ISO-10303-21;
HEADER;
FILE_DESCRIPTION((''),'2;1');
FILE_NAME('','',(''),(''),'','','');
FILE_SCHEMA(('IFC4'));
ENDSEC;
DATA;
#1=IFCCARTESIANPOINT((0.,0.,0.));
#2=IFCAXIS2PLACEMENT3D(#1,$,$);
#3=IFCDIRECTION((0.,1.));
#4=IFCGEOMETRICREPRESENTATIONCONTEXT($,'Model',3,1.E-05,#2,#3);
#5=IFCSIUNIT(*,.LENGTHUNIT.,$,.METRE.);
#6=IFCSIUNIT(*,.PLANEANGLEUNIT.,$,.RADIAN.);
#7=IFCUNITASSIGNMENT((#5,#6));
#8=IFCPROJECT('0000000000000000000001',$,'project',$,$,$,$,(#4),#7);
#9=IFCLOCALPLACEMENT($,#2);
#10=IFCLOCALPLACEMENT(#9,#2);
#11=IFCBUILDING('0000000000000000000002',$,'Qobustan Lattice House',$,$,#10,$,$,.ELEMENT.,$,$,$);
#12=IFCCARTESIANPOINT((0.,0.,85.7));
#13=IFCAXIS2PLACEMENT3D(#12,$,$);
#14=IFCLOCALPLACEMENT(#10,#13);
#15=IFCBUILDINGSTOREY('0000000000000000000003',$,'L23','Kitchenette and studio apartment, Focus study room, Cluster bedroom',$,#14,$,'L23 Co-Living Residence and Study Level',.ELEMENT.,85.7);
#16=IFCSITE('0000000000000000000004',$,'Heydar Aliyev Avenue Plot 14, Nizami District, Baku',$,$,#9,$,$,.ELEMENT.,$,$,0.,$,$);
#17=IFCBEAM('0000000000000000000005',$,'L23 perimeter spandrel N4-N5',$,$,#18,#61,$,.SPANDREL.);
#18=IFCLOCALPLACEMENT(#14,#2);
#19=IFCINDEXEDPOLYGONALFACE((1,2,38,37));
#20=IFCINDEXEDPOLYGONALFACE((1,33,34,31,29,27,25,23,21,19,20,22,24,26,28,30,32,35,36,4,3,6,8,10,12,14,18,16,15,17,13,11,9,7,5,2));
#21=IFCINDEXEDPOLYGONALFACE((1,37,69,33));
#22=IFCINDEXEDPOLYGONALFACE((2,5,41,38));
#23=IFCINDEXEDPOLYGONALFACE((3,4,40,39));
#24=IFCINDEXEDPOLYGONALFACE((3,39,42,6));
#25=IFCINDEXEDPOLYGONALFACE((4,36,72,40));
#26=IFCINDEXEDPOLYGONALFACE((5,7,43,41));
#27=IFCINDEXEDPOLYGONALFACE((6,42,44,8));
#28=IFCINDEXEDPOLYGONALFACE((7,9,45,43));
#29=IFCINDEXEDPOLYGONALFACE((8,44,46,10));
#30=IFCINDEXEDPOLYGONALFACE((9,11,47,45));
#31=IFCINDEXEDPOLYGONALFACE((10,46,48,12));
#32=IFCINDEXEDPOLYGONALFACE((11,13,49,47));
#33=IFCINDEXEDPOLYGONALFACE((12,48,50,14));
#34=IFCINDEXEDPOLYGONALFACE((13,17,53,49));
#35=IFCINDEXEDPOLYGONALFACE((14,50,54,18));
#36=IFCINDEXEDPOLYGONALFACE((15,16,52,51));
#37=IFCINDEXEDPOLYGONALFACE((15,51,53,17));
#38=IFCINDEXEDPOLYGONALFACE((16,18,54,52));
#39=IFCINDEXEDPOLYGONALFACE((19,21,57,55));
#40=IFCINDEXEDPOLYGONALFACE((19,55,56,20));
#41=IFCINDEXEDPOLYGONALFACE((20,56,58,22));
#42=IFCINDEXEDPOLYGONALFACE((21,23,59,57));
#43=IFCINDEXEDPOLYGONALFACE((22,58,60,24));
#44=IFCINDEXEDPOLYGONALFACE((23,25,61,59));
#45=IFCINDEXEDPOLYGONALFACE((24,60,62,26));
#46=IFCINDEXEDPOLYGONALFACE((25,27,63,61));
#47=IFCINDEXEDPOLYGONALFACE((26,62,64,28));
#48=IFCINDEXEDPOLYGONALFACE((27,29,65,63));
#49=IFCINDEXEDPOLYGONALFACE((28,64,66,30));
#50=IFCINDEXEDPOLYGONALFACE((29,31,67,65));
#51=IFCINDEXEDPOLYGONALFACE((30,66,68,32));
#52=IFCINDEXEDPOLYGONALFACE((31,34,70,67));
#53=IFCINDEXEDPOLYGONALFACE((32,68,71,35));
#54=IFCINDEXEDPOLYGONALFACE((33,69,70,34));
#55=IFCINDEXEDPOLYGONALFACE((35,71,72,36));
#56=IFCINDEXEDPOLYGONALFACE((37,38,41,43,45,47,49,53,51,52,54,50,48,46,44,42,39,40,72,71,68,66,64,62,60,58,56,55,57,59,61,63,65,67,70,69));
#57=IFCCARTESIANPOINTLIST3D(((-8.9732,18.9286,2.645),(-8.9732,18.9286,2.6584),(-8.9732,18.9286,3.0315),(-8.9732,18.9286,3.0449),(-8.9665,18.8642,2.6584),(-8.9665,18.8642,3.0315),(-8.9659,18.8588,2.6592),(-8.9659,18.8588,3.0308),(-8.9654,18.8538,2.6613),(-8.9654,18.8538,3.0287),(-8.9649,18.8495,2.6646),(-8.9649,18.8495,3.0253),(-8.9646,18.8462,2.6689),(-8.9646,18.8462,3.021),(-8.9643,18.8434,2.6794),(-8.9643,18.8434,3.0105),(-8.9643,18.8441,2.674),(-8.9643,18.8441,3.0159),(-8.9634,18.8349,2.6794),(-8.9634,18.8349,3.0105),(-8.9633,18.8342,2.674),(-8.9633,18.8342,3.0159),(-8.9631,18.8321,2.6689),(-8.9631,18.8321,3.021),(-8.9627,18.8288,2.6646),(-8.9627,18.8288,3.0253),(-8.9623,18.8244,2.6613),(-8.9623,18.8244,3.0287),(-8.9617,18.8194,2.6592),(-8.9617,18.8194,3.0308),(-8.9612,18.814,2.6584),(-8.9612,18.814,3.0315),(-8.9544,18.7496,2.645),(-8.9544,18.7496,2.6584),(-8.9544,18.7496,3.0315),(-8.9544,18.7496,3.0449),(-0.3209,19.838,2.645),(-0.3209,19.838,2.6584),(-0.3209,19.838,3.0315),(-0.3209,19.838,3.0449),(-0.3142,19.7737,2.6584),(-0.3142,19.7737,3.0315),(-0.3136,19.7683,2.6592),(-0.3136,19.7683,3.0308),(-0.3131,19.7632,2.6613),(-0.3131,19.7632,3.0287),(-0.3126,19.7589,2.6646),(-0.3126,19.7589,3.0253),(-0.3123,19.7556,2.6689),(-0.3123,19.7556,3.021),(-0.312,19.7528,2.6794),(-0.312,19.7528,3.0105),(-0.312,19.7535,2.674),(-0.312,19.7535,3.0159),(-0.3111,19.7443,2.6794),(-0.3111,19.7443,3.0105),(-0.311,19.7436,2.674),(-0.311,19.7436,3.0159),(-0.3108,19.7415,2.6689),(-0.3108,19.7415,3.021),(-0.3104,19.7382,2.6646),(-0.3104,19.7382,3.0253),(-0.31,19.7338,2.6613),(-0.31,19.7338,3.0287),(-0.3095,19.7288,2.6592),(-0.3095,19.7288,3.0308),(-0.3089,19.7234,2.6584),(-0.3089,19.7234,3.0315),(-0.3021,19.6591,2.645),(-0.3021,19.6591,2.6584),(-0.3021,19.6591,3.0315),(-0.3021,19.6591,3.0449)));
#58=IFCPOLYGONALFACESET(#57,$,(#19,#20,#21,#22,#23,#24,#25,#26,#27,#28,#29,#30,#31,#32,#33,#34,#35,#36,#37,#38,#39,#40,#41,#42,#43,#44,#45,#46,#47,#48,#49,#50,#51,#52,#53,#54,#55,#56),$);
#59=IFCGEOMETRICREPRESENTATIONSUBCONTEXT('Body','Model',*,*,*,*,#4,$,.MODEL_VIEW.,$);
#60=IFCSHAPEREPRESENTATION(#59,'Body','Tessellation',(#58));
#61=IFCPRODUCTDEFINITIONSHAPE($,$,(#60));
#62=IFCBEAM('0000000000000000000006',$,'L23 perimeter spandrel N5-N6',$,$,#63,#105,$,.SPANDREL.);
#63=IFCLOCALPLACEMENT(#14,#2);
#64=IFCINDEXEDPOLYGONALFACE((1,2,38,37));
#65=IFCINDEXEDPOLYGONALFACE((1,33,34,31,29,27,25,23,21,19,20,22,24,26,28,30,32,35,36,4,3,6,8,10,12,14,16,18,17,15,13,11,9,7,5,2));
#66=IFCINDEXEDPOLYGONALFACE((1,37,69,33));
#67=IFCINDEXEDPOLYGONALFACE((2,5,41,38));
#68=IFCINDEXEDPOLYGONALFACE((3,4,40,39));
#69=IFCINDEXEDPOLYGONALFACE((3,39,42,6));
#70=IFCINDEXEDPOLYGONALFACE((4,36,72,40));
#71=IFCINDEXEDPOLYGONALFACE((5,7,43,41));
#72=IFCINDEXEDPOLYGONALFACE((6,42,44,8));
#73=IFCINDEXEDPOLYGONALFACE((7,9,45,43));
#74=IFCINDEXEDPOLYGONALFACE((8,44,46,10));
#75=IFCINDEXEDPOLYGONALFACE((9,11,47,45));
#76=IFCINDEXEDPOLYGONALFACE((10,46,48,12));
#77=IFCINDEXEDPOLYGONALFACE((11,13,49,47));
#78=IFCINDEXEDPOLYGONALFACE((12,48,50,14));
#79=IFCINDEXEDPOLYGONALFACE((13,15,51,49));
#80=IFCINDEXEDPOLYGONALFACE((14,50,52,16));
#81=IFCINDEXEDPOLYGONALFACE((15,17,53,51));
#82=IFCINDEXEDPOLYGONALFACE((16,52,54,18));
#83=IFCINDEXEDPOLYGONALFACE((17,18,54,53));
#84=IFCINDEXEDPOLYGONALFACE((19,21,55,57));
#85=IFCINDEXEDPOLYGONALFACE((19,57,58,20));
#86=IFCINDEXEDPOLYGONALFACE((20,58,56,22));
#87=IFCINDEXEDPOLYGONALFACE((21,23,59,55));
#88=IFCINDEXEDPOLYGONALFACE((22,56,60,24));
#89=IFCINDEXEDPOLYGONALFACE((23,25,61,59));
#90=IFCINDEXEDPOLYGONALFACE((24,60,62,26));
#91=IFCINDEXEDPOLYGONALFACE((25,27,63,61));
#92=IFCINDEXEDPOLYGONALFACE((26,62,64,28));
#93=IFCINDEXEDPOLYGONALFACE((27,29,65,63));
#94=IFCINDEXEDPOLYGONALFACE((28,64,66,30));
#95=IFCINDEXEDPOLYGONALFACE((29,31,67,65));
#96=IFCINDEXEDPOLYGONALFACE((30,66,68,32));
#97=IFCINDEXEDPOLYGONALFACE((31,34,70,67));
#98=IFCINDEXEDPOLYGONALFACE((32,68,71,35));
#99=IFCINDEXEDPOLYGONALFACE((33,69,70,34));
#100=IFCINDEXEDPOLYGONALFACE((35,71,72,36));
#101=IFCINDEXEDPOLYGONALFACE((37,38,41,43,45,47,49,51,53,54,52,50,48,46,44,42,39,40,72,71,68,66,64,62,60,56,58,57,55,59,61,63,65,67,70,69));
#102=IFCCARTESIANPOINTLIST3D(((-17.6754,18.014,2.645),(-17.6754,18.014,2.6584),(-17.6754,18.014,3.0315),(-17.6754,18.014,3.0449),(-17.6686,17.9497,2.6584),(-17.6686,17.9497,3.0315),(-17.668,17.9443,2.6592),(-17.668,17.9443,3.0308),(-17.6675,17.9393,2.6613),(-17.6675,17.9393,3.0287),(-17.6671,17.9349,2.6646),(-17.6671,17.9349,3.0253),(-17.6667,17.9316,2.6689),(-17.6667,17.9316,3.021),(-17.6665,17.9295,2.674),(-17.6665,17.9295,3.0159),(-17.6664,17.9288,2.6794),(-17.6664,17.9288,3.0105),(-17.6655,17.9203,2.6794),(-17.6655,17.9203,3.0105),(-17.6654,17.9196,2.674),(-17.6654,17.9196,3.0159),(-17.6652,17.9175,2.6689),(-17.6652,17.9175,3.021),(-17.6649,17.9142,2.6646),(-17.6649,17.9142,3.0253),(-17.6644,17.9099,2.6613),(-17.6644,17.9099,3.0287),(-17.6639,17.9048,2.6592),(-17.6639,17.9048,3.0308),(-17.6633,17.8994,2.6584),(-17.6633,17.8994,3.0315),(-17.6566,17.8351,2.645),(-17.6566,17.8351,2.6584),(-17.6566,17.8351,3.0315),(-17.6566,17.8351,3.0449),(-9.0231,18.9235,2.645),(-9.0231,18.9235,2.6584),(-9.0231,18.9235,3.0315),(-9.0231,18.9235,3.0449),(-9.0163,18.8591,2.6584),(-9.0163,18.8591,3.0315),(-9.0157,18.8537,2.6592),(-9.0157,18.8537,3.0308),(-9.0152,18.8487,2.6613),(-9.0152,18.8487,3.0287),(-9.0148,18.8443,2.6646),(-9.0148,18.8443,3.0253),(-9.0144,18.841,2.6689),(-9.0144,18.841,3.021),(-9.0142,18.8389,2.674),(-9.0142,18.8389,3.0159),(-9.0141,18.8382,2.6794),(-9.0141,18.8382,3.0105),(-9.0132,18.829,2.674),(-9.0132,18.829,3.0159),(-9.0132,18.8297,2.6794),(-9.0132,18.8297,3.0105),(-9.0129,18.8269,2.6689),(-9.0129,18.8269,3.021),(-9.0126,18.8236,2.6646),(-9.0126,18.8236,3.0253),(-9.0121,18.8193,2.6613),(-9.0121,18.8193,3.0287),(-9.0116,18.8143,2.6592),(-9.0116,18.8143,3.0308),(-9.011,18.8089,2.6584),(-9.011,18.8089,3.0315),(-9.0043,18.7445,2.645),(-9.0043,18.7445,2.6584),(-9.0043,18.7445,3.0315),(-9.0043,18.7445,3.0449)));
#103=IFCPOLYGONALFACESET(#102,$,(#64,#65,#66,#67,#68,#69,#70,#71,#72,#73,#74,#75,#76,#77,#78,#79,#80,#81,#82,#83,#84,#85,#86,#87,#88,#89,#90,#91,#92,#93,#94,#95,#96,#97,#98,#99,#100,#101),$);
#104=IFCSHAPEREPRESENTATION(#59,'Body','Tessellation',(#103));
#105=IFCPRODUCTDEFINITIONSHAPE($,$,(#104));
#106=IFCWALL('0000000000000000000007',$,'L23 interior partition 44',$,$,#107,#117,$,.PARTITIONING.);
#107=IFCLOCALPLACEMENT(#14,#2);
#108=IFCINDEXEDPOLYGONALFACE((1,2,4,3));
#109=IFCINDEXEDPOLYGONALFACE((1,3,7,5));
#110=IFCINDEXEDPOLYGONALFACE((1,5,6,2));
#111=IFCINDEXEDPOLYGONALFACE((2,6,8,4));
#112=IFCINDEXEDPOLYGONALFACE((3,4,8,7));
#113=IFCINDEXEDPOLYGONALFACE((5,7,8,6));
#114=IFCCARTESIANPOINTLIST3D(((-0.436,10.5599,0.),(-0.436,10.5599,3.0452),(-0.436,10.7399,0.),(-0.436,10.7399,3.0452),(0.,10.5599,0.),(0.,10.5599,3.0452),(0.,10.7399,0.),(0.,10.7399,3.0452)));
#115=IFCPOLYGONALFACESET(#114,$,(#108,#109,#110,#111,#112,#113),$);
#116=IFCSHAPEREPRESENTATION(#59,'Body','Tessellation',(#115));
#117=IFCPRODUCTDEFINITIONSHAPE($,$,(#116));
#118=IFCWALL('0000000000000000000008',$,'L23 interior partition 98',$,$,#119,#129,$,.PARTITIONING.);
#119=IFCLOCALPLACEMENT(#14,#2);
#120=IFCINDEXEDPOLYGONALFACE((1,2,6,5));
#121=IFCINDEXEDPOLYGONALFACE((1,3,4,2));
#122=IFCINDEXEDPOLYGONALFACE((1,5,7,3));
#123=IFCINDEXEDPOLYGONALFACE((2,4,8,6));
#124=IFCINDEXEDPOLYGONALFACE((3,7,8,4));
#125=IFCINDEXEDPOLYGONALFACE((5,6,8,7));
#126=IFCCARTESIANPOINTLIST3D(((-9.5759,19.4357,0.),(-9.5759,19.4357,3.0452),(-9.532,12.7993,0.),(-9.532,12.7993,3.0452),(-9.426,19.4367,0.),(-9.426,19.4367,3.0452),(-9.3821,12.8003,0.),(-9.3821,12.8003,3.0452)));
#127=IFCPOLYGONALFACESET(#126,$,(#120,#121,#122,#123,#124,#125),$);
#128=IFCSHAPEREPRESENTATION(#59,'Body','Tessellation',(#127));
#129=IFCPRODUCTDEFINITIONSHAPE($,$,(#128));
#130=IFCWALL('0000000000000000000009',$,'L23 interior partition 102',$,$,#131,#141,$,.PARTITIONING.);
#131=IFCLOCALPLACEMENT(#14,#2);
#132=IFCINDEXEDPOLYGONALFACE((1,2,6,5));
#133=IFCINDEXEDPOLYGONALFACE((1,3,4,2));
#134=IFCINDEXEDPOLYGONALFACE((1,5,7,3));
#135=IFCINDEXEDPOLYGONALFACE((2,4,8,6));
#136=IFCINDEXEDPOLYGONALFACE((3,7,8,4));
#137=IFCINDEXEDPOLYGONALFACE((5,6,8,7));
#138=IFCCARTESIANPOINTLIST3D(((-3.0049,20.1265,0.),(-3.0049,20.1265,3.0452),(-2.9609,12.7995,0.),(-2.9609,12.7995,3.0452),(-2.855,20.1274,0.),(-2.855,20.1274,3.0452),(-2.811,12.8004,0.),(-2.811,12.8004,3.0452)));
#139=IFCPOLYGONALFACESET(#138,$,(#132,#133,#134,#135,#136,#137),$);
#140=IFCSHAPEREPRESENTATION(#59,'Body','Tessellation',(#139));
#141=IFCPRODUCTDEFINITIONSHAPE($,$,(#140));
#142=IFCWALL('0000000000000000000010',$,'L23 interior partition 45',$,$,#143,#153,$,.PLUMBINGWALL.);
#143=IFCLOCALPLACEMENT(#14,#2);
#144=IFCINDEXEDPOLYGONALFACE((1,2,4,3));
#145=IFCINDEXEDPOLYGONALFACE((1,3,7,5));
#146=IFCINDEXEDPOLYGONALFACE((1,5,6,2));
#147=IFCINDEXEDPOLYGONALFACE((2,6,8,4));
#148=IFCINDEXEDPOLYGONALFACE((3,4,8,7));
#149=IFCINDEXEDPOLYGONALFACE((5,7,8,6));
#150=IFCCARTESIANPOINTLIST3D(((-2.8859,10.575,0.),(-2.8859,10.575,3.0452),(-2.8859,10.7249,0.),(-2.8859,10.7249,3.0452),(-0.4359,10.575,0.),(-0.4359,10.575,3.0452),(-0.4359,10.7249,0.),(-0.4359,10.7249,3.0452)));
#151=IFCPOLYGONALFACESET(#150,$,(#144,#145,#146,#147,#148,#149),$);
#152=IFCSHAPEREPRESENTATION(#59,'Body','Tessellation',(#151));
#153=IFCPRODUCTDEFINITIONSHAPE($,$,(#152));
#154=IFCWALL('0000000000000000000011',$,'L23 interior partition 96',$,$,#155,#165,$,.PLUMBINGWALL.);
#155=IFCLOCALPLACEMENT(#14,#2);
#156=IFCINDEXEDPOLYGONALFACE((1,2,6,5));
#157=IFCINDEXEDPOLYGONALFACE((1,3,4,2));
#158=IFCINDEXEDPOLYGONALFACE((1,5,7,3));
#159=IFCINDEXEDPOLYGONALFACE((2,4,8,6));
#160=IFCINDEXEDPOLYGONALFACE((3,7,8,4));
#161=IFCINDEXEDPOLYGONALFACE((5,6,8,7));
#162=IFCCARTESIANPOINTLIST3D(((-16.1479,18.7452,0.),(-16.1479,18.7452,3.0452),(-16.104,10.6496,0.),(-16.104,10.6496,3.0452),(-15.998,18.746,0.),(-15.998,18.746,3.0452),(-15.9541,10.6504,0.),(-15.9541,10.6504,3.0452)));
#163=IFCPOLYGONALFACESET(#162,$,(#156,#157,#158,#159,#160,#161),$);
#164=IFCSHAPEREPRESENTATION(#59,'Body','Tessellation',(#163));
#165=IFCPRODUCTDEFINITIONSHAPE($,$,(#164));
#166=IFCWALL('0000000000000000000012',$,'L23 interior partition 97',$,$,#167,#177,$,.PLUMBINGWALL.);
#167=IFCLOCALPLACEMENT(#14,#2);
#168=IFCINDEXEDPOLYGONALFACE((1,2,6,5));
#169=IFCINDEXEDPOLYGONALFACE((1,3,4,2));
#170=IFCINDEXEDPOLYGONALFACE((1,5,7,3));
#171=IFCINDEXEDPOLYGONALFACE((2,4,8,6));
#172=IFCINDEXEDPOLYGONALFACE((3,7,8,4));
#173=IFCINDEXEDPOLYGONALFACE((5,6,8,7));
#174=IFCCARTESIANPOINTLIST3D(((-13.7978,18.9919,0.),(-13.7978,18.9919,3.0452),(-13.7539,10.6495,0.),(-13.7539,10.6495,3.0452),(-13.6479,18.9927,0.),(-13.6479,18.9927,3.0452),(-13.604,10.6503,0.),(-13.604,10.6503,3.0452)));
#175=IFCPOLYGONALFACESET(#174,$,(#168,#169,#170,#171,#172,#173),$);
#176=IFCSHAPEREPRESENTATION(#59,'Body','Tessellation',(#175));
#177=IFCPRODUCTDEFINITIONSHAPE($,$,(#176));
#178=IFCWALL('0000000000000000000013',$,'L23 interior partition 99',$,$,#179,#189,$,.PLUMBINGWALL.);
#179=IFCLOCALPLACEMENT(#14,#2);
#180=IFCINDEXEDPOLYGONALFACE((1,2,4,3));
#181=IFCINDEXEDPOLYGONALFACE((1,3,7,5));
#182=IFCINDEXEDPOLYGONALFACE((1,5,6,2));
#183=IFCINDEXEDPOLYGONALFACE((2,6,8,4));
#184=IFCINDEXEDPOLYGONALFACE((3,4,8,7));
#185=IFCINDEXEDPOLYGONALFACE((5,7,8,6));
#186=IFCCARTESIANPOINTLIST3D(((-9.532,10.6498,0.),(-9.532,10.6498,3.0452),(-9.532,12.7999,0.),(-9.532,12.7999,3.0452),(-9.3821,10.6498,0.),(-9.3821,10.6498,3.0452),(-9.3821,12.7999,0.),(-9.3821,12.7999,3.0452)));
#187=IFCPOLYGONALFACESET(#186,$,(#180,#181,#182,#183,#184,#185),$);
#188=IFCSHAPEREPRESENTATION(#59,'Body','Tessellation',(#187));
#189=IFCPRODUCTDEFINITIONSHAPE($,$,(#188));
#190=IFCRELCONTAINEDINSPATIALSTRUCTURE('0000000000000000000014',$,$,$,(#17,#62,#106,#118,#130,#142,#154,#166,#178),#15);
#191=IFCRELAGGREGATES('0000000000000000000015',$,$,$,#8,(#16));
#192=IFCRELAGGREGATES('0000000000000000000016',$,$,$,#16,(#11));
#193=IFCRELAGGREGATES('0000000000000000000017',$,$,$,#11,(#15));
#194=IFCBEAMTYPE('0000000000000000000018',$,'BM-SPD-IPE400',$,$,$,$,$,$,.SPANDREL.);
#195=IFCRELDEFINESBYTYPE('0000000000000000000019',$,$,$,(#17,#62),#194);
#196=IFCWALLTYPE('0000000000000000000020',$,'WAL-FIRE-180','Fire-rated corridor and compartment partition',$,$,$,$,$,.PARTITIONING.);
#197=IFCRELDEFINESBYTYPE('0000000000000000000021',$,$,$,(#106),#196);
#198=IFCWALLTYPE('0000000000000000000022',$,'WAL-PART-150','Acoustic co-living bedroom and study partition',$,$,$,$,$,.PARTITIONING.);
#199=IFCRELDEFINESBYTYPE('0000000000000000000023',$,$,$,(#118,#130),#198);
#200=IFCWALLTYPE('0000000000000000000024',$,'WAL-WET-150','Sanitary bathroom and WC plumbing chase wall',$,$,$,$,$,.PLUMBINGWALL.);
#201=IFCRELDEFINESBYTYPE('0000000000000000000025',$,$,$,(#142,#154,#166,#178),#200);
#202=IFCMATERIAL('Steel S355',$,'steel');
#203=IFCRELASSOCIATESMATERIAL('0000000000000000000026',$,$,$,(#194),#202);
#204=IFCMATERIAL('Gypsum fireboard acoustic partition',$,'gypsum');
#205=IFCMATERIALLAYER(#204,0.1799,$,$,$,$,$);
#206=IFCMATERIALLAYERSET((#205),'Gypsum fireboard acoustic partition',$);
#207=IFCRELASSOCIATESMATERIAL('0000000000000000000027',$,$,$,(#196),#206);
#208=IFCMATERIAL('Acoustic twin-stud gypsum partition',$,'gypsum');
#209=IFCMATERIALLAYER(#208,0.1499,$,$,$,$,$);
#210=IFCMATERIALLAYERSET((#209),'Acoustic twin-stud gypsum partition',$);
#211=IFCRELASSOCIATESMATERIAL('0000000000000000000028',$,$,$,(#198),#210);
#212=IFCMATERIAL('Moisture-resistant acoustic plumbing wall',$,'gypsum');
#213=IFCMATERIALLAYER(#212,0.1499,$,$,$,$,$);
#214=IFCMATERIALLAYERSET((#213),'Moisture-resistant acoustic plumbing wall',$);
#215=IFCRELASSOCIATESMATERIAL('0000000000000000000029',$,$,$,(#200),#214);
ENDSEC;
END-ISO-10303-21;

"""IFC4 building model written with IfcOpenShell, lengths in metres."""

from ifc_helpers import new_model, si_unit, direction, frame, frame_2d, origin, origin_2d, place, context, subcontext, project, spatial, rectangle, i_section, extrude, material, layer, layer_set, material_profile, profile_set, type_object, element, save


model = new_model("IFC4")

# Units and contexts
model_context = context("Model", 3, precision=1e-05, world=origin(), true_north=direction((0.0, 1.0)))
body_context = subcontext(model_context, "Body", "Model", "MODEL_VIEW")
ifc_project = project(units=[si_unit("LENGTHUNIT", "METRE"), si_unit("PLANEANGLEUNIT", "RADIAN")], contexts=[model_context])

# Site, building, storey
site_placement = place(None, origin())
site = spatial("IfcSite", under=ifc_project, at=site_placement, Name="Heydar Aliyev Avenue Plot 14, Nizami District, Baku", CompositionType="ELEMENT", RefElevation=0.0)
building_placement = place(site_placement, origin())
building = spatial("IfcBuilding", under=site, at=building_placement, Name="Qobustan Lattice House", CompositionType="ELEMENT")
storey_placement = place(building_placement, frame((0.0, 0.0, 85.7)))
storey = spatial("IfcBuildingStorey", under=building, at=storey_placement, Name="L23", Description="Kitchenette and studio apartment, Focus study room, Cluster bedroom", LongName="L23 Co-Living Residence and Study Level", CompositionType="ELEMENT", Elevation=85.7)

# Beams
ifc_material_1 = material(Name="Steel S355", Category="steel")
ifc_material_profile_1 = material_profile(ifc_material_1, i_section(OverallWidth=0.1799, OverallDepth=0.3999, WebThickness=0.0085, FlangeThickness=0.0134, FilletRadius=0.021, at=origin_2d()), Name="IPE400")
ifc_profile_set_1 = profile_set([ifc_material_profile_1], Name="Steel S355")
beam_type_1 = type_object("IfcBeamType", Name="BM-SPD-IPE400", PredefinedType="SPANDREL", material=ifc_profile_set_1)
for number, where, z_axis, x_axis, name in (
    (1, (-0.3115, 19.7485, 2.845), (-0.994522, -0.104531, 0.0), (0.104531, -0.994522, 0.0), "L23 perimeter spandrel N4-N5"),
    (2, (-9.0137, 18.834, 2.845), (-0.994522, -0.104531, 0.0), (0.104531, -0.994522, 0.0), "L23 perimeter spandrel N5-N6"),
):
    element("IfcBeam", number, at=place(storey_placement, frame(where, z_axis=z_axis, x_axis=x_axis)), inside=storey, type_object=beam_type_1, Name=name, PredefinedType="SPANDREL", context=body_context, shape_type="SweptSolid", body=[
        extrude(i_section(OverallWidth=0.1799, OverallDepth=0.3999, WebThickness=0.0085, FlangeThickness=0.0134, FilletRadius=0.021, at=origin_2d()), origin(), (0.0, 0.0, 1.0), 8.7),
    ])

# Walls
ifc_material_2 = material(Name="Gypsum fireboard acoustic partition", Category="gypsum")
ifc_layer_1 = layer(ifc_material_2, 0.1799)
ifc_layer_set_1 = layer_set([ifc_layer_1], Name="Gypsum fireboard acoustic partition")
wall_type_1 = type_object("IfcWallType", Name="WAL-FIRE-180", Description="Fire-rated corridor and compartment partition", PredefinedType="PARTITIONING", material=ifc_layer_set_1)
wall_1_placement = place(storey_placement, frame((-0.436, 10.6499, 0.0), z_axis=(0.0, 0.0, 1.0), x_axis=(1.0, 0.0, 0.0)))
element("IfcWall", 3, at=wall_1_placement, inside=storey, type_object=wall_type_1, Name="L23 interior partition 44", PredefinedType="PARTITIONING", context=body_context, shape_type="SweptSolid", body=[
    extrude(rectangle(XDim=0.436, YDim=0.1799, at=frame_2d((0.218, 0.0))), origin(), (0.0, 0.0, 1.0), 3.0452),
])
ifc_material_3 = material(Name="Acoustic twin-stud gypsum partition", Category="gypsum")
ifc_layer_2 = layer(ifc_material_3, 0.1499)
ifc_layer_set_2 = layer_set([ifc_layer_2], Name="Acoustic twin-stud gypsum partition")
wall_type_2 = type_object("IfcWallType", Name="WAL-PART-150", Description="Acoustic co-living bedroom and study partition", PredefinedType="PARTITIONING", material=ifc_layer_set_2)
wall_2_placement = place(storey_placement, frame((-9.501, 19.4363, 0.0), z_axis=(0.0, 0.0, 1.0), x_axis=(0.006622, -0.999978, 0.0)))
element("IfcWall", 4, at=wall_2_placement, inside=storey, type_object=wall_type_2, Name="L23 interior partition 98", PredefinedType="PARTITIONING", context=body_context, shape_type="SweptSolid", body=[
    extrude(rectangle(XDim=6.6365, YDim=0.1499, at=frame_2d((3.3184, 0.0))), origin(), (0.0, 0.0, 1.0), 3.0452),
])
wall_3_placement = place(storey_placement, frame((-2.9299, 20.127, 0.0), z_axis=(0.0, 0.0, 1.0), x_axis=(0.005998, -0.999982, 0.0)))
element("IfcWall", 5, at=wall_3_placement, inside=storey, type_object=wall_type_2, Name="L23 interior partition 102", PredefinedType="PARTITIONING", context=body_context, shape_type="SweptSolid", body=[
    extrude(rectangle(XDim=7.3271, YDim=0.1499, at=frame_2d((3.6636, 0.0))), origin(), (0.0, 0.0, 1.0), 3.0452),
])
ifc_material_4 = material(Name="Moisture-resistant acoustic plumbing wall", Category="gypsum")
ifc_layer_3 = layer(ifc_material_4, 0.1499)
ifc_layer_set_3 = layer_set([ifc_layer_3], Name="Moisture-resistant acoustic plumbing wall")
wall_type_3 = type_object("IfcWallType", Name="WAL-WET-150", Description="Sanitary bathroom and WC plumbing chase wall", PredefinedType="PLUMBINGWALL", material=ifc_layer_set_3)
wall_4_placement = place(storey_placement, frame((-2.886, 10.6499, 0.0), z_axis=(0.0, 0.0, 1.0), x_axis=(1.0, 0.0, 0.0)))
element("IfcWall", 6, at=wall_4_placement, inside=storey, type_object=wall_type_3, Name="L23 interior partition 45", PredefinedType="PLUMBINGWALL", context=body_context, shape_type="SweptSolid", body=[
    extrude(rectangle(XDim=2.45, YDim=0.1499, at=frame_2d((1.2251, 0.0))), origin(), (0.0, 0.0, 1.0), 3.0452),
])
wall_5_placement = place(storey_placement, frame((-16.073, 18.7456, 0.0), z_axis=(0.0, 0.0, 1.0), x_axis=(0.005428, -0.999985, 0.0)))
element("IfcWall", 7, at=wall_5_placement, inside=storey, type_object=wall_type_3, Name="L23 interior partition 96", PredefinedType="PLUMBINGWALL", context=body_context, shape_type="SweptSolid", body=[
    extrude(rectangle(XDim=8.0957, YDim=0.1499, at=frame_2d((4.0479, 0.0))), origin(), (0.0, 0.0, 1.0), 3.0452),
])
wall_6_placement = place(storey_placement, frame((-13.7229, 18.9924, 0.0), z_axis=(0.0, 0.0, 1.0), x_axis=(0.005268, -0.999986, 0.0)))
element("IfcWall", 8, at=wall_6_placement, inside=storey, type_object=wall_type_3, Name="L23 interior partition 97", PredefinedType="PLUMBINGWALL", context=body_context, shape_type="SweptSolid", body=[
    extrude(rectangle(XDim=8.3425, YDim=0.1499, at=frame_2d((4.1714, 0.0))), origin(), (0.0, 0.0, 1.0), 3.0452),
])
wall_7_placement = place(storey_placement, frame((-9.457, 12.8, 0.0), z_axis=(0.0, 0.0, 1.0), x_axis=(0.0, -1.0, 0.0)))
element("IfcWall", 9, at=wall_7_placement, inside=storey, type_object=wall_type_3, Name="L23 interior partition 99", PredefinedType="PLUMBINGWALL", context=body_context, shape_type="SweptSolid", body=[
    extrude(rectangle(XDim=2.1501, YDim=0.1499, at=frame_2d((1.0752, 0.0))), origin(), (0.0, 0.0, 1.0), 3.0452),
])

save(model, "model.ifc")
